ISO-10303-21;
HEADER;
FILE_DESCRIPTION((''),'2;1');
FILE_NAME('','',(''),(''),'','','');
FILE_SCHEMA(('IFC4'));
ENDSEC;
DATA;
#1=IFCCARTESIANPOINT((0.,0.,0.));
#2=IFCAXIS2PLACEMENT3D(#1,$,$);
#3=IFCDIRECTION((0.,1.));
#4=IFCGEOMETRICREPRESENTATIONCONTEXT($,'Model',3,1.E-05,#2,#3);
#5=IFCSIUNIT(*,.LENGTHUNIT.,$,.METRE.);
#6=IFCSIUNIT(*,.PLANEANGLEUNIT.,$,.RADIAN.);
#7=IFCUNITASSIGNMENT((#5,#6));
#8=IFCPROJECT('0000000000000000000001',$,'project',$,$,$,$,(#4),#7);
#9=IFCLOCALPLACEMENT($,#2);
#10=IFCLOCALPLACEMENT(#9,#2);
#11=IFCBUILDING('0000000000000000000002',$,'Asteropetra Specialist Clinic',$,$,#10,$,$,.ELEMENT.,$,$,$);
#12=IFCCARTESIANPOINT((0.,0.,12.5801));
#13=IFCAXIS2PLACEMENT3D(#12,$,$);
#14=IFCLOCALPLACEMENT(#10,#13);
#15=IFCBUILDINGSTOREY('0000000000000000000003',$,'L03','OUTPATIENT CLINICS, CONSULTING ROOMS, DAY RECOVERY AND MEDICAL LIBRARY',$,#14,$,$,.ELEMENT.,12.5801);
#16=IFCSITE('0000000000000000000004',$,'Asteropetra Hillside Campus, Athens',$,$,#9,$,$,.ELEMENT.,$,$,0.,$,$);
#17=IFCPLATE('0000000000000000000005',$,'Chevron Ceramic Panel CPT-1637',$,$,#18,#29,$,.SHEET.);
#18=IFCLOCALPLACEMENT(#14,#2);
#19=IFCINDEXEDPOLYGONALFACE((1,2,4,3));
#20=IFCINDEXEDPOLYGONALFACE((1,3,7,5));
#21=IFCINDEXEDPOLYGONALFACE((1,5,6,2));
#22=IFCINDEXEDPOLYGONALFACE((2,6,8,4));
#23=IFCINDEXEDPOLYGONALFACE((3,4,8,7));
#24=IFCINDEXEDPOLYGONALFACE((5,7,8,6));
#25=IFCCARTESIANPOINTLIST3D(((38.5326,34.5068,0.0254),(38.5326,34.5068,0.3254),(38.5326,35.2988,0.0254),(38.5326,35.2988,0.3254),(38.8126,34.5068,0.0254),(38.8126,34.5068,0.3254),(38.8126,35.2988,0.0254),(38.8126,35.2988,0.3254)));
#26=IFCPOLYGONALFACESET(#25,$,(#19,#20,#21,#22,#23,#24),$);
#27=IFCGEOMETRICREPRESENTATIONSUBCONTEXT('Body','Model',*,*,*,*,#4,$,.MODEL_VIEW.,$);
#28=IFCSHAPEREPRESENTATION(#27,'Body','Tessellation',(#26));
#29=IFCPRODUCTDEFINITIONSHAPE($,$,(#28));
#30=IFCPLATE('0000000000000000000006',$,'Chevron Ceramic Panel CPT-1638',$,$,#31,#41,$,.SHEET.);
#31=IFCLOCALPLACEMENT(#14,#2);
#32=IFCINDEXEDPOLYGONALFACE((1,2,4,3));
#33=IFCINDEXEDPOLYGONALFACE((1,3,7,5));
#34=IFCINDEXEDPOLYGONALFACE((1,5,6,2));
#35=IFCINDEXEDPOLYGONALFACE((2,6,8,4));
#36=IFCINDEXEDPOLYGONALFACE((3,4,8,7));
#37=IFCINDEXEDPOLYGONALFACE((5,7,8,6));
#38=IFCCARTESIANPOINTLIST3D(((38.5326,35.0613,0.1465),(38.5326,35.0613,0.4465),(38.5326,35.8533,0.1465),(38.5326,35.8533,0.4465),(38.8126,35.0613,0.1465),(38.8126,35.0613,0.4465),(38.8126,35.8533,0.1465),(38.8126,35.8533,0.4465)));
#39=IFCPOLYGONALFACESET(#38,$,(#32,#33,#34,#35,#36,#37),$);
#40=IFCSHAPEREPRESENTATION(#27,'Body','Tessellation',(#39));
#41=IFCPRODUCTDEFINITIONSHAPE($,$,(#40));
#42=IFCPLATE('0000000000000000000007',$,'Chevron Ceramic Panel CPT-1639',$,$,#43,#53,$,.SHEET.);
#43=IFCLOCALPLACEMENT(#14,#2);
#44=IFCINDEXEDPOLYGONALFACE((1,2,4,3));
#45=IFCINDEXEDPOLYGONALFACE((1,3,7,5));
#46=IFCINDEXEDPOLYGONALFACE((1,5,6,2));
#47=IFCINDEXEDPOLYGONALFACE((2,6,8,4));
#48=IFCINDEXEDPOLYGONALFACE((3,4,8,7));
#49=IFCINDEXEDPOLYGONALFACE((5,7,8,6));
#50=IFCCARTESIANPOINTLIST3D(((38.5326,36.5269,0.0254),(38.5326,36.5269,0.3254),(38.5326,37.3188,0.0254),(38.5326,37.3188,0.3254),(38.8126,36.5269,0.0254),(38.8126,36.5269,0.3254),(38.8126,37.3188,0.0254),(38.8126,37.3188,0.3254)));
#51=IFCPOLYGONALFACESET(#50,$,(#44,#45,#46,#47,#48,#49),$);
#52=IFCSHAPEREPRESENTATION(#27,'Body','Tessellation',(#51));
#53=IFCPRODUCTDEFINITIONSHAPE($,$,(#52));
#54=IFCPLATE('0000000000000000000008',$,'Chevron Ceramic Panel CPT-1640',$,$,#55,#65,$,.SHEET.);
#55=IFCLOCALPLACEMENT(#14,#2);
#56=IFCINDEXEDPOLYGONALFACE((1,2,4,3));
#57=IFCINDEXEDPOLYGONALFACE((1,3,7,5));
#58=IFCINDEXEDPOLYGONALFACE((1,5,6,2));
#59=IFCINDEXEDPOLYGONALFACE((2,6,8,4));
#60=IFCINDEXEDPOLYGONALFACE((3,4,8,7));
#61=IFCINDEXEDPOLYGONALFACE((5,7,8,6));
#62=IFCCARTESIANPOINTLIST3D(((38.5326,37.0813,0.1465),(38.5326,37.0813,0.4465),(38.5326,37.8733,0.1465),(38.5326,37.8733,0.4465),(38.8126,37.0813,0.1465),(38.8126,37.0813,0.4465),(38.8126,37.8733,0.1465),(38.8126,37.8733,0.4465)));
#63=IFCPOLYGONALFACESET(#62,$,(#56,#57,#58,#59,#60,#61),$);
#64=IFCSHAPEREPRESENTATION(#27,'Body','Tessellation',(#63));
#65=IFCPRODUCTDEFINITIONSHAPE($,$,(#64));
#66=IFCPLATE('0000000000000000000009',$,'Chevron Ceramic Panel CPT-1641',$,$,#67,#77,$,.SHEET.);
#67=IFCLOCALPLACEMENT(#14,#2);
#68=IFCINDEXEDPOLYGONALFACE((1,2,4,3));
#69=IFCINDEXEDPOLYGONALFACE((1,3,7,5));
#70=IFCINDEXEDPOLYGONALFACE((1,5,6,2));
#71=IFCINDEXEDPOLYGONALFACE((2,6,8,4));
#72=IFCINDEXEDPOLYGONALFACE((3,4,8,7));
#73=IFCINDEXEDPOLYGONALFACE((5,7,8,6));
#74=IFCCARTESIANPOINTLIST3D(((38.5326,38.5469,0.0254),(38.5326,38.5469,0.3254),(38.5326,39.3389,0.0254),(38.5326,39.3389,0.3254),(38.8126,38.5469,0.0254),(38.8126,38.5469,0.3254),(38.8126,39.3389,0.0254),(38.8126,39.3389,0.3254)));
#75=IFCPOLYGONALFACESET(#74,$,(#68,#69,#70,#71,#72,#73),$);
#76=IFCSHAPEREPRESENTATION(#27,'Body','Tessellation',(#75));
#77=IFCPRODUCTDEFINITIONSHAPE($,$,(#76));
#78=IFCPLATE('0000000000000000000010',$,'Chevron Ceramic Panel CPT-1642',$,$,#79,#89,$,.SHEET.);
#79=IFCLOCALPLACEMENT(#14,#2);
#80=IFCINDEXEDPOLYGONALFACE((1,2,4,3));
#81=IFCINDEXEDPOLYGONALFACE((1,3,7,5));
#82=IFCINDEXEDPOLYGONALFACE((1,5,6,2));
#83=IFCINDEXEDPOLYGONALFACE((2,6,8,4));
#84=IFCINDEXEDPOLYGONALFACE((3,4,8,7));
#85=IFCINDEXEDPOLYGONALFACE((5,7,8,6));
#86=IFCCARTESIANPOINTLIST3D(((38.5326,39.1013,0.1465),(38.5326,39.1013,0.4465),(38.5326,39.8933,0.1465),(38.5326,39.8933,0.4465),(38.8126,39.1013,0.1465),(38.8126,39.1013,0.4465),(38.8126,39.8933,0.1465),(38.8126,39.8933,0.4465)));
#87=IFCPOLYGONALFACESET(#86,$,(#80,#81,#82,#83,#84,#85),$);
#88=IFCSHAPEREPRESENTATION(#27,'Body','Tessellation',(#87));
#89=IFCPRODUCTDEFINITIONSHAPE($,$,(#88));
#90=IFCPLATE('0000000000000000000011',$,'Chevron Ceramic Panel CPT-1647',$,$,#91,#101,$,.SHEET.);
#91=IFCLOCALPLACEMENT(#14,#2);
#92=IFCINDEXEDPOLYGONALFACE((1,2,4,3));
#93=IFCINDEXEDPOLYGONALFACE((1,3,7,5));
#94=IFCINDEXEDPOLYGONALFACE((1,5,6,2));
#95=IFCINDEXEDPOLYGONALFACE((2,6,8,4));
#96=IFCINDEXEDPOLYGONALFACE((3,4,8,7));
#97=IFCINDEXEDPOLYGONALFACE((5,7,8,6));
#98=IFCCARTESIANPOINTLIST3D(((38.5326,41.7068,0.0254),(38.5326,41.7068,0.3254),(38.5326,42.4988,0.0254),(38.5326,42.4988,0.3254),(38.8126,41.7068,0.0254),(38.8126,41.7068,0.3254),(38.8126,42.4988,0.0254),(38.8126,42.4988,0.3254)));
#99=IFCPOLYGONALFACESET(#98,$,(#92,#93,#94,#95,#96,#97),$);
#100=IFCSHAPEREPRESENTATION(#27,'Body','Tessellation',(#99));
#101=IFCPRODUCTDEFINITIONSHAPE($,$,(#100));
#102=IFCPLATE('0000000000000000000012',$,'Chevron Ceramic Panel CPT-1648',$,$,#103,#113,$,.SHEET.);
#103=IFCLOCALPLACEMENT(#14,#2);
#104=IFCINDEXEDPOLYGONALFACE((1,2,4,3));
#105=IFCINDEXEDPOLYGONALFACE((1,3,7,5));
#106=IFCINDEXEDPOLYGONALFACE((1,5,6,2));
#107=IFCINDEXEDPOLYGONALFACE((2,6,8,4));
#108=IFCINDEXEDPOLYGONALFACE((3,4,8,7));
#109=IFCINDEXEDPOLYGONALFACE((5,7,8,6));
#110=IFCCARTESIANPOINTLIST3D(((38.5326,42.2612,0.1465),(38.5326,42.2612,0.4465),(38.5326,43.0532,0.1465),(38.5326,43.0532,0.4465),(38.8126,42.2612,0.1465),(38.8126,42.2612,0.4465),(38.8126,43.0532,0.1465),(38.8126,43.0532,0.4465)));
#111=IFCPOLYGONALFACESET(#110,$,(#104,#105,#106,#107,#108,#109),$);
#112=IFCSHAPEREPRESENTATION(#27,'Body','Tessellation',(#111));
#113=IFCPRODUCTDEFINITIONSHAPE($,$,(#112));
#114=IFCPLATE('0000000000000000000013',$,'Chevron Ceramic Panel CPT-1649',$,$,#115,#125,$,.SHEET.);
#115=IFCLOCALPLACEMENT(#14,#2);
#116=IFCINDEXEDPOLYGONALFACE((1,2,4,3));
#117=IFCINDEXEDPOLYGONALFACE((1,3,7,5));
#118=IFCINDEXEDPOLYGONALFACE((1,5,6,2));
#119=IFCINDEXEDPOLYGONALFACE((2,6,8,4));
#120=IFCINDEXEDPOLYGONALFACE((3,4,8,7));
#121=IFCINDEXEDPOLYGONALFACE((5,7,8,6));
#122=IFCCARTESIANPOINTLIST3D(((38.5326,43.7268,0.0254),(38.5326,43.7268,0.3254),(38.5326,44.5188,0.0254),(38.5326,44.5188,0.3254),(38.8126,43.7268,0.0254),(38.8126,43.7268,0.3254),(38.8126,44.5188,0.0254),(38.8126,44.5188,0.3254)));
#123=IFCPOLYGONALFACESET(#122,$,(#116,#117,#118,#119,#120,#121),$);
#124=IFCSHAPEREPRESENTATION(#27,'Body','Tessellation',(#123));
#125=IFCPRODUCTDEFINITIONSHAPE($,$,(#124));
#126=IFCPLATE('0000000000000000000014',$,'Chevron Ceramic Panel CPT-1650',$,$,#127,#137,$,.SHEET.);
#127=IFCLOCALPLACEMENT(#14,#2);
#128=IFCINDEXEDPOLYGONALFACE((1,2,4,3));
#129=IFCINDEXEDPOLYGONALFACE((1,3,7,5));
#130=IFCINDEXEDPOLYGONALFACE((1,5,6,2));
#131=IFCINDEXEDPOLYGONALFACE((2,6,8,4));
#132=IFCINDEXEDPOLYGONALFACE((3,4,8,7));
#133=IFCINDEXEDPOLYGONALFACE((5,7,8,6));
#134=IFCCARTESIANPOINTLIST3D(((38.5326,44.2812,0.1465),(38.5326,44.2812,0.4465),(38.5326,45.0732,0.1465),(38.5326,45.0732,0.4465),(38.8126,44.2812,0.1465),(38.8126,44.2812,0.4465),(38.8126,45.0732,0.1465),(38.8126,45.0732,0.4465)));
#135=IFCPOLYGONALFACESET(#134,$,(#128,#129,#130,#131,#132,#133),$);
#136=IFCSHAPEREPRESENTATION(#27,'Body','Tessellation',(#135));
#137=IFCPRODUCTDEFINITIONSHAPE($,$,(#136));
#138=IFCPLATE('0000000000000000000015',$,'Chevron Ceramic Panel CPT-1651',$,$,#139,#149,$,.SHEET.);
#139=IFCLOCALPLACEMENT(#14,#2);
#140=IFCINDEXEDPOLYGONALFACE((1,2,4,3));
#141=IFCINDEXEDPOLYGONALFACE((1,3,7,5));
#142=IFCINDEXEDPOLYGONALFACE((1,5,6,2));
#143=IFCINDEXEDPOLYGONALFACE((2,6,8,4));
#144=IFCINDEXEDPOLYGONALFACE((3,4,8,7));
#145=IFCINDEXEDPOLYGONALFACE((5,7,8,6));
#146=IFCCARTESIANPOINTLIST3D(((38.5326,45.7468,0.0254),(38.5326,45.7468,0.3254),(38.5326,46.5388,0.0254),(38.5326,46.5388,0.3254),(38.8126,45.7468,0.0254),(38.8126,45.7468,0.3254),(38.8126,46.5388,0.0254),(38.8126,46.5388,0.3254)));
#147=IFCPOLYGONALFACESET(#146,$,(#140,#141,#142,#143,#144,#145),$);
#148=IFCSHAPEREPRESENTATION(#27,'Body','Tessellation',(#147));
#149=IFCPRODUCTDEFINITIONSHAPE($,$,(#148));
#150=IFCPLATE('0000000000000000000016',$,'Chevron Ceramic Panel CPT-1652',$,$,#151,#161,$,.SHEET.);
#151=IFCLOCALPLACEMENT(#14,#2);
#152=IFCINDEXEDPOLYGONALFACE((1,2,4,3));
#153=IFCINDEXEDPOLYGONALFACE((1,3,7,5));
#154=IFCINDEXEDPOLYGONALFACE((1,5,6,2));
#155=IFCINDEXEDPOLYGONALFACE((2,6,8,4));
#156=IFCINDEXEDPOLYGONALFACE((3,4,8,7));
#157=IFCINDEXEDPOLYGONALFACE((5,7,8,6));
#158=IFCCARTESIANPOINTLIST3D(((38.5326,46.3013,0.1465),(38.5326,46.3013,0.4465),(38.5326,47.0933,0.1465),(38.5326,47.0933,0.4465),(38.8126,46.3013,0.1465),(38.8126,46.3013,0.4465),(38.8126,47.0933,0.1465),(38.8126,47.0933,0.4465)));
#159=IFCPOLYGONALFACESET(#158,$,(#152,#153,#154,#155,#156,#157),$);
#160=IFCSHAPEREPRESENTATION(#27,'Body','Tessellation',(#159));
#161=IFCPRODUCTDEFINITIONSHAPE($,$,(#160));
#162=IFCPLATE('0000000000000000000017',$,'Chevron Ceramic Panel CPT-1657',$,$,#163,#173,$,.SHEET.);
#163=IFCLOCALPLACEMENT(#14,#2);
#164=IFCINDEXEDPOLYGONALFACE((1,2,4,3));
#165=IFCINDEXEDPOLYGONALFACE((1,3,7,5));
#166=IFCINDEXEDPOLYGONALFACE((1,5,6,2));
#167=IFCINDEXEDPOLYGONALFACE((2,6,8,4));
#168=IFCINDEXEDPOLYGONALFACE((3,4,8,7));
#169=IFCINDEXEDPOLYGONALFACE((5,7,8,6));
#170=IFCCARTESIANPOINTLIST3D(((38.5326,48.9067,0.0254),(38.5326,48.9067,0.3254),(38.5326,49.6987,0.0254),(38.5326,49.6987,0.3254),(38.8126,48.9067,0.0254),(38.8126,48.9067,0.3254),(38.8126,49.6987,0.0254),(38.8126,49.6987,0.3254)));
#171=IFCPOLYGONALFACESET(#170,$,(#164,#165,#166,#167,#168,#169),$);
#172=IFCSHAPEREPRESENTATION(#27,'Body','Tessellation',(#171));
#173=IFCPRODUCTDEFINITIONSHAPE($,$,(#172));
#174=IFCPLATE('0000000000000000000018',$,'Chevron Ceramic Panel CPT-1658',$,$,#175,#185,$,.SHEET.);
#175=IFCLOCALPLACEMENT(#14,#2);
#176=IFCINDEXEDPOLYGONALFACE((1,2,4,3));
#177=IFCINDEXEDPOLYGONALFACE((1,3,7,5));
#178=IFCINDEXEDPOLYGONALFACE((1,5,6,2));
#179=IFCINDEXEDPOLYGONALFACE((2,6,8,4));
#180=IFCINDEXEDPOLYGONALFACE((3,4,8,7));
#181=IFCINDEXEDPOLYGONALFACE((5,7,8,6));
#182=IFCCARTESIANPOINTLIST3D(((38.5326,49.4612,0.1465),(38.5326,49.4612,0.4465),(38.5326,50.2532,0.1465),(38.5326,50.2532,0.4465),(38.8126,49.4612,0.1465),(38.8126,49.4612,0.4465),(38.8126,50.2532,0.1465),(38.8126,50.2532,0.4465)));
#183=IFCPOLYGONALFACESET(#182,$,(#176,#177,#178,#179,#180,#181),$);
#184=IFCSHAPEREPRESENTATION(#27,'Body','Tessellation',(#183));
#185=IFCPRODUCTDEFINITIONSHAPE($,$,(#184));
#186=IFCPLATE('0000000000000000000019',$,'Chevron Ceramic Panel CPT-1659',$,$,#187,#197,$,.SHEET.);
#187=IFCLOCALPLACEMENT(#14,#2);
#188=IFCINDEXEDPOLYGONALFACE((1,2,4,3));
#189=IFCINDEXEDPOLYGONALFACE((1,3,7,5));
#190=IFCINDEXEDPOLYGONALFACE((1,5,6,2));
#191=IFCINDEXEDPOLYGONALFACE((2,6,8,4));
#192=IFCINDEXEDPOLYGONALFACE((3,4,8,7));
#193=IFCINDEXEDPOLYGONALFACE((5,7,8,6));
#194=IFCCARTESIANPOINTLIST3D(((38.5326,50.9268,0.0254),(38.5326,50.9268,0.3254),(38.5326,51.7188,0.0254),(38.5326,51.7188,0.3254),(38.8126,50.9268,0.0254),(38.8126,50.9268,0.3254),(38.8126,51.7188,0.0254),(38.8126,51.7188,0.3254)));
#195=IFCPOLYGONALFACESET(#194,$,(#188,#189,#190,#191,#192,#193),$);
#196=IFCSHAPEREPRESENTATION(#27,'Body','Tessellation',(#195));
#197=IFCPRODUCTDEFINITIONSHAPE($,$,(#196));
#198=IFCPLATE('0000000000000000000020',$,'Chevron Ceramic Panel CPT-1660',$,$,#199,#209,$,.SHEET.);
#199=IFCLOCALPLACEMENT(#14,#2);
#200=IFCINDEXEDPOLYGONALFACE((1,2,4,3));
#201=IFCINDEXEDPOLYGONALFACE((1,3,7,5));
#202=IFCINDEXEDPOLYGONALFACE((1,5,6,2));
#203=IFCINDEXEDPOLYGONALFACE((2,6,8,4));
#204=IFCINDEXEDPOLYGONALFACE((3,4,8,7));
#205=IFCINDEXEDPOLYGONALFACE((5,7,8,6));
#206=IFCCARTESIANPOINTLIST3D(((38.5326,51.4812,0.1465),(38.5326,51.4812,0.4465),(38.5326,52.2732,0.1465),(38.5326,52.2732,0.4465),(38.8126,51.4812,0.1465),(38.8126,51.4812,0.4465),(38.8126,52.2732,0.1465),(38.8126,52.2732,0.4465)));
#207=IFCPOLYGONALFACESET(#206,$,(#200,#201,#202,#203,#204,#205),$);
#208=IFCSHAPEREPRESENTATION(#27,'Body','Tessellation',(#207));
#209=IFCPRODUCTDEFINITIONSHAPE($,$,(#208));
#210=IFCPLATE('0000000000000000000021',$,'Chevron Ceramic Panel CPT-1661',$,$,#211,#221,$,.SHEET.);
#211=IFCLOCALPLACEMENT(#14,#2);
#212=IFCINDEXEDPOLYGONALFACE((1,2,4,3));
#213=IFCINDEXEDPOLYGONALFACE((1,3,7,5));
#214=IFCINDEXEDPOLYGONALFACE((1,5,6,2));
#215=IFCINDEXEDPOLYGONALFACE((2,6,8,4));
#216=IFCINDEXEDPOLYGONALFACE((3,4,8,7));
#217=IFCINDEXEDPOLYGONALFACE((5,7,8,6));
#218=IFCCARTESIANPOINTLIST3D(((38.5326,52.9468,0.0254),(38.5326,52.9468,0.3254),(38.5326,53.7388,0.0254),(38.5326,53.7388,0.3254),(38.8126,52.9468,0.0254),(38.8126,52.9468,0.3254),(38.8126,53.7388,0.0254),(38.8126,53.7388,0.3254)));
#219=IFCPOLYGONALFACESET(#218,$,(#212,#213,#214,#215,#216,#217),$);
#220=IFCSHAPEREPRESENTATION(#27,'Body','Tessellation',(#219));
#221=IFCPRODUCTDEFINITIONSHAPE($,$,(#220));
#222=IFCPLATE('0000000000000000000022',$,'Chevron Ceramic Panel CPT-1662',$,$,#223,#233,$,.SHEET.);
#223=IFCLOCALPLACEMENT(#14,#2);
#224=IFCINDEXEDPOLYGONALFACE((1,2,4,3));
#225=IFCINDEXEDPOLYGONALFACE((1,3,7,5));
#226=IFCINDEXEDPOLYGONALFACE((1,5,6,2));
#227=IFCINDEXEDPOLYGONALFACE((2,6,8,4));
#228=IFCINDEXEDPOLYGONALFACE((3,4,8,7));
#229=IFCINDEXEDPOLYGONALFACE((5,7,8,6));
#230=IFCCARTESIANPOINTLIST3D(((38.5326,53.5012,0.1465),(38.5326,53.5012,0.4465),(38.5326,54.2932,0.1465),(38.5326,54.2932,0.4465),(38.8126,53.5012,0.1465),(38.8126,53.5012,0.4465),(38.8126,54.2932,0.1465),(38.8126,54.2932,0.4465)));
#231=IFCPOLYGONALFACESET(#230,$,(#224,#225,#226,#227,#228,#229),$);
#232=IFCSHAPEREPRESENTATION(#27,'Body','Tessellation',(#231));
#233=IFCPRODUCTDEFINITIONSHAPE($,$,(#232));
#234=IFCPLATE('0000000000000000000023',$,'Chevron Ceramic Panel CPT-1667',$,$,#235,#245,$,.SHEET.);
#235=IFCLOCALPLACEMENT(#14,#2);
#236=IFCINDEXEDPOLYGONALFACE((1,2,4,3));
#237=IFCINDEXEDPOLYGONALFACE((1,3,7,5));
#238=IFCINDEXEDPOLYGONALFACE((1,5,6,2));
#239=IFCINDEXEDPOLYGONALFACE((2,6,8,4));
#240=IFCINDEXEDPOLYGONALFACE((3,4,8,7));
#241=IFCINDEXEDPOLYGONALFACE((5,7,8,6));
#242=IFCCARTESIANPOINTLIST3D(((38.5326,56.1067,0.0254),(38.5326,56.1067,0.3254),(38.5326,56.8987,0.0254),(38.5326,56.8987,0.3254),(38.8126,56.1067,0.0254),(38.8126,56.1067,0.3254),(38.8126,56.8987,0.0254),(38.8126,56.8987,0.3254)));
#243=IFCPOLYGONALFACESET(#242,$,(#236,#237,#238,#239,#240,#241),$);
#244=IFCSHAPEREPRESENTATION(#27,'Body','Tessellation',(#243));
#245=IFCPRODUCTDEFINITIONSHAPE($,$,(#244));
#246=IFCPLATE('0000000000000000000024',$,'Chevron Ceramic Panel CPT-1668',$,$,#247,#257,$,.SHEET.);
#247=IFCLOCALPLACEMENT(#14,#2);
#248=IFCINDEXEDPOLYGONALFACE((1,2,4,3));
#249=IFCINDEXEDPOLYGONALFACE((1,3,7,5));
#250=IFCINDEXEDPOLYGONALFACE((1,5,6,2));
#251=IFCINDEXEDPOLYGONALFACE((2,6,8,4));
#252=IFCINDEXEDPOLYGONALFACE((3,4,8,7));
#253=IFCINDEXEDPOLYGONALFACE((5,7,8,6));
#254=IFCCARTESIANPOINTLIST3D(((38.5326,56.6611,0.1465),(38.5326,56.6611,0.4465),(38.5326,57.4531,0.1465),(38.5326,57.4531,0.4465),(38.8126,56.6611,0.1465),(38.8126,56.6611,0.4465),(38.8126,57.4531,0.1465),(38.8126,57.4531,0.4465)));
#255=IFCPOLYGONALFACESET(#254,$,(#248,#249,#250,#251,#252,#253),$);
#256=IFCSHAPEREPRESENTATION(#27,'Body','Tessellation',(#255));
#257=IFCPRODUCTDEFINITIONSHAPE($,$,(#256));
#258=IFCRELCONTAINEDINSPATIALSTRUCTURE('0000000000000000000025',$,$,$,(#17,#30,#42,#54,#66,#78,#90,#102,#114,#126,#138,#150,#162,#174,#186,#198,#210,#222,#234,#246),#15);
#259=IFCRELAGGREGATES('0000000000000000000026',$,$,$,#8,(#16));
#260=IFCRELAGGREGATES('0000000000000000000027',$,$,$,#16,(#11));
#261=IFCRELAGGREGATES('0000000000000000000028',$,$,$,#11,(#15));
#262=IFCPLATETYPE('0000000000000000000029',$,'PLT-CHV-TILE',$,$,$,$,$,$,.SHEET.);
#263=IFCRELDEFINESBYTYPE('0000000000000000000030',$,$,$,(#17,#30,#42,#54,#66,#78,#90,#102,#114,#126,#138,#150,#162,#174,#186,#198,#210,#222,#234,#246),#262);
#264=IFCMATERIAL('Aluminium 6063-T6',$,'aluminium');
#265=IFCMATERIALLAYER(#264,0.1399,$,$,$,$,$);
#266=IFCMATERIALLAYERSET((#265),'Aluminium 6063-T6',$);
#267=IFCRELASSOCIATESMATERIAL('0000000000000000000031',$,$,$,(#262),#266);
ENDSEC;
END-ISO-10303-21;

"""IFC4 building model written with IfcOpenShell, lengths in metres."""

from ifc_helpers import new_model, si_unit, direction, frame, origin, origin_2d, place, context, subcontext, project, spatial, rectangle, extrude, material, layer, layer_set, type_object, element, save


model = new_model("IFC4")

# Units and contexts
model_context = context("Model", 3, precision=1e-05, world=origin(), true_north=direction((0.0, 1.0)))
body_context = subcontext(model_context, "Body", "Model", "MODEL_VIEW")
ifc_project = project(units=[si_unit("LENGTHUNIT", "METRE"), si_unit("PLANEANGLEUNIT", "RADIAN")], contexts=[model_context])

# Site, building, storey
site_placement = place(None, origin())
site = spatial("IfcSite", under=ifc_project, at=site_placement, Name="Asteropetra Hillside Campus, Athens", CompositionType="ELEMENT", RefElevation=0.0)
building_placement = place(site_placement, origin())
building = spatial("IfcBuilding", under=site, at=building_placement, Name="Asteropetra Specialist Clinic", CompositionType="ELEMENT")
storey_placement = place(building_placement, frame((0.0, 0.0, 12.5801)))
storey = spatial("IfcBuildingStorey", under=building, at=storey_placement, Name="L03", Description="OUTPATIENT CLINICS, CONSULTING ROOMS, DAY RECOVERY AND MEDICAL LIBRARY", CompositionType="ELEMENT", Elevation=12.5801)

# Plates
ifc_material_1 = material(Name="Aluminium 6063-T6", Category="aluminium")
ifc_layer_1 = layer(ifc_material_1, 0.1399)
ifc_layer_set_1 = layer_set([ifc_layer_1], Name="Aluminium 6063-T6")
plate_type = type_object("IfcPlateType", Name="PLT-CHV-TILE", PredefinedType="SHEET", material=ifc_layer_set_1)
for number, where, z_axis, x_axis, name in (
    (1, (38.6726, 34.9028, 0.0254), (0.0, 0.0, 1.0), (1.0, 0.0, 0.0), "Chevron Ceramic Panel CPT-1637"),
    (2, (38.6726, 35.4573, 0.1465), (0.0, 0.0, 1.0), (1.0, 0.0, 0.0), "Chevron Ceramic Panel CPT-1638"),
    (3, (38.6726, 36.9229, 0.0254), (0.0, 0.0, 1.0), (1.0, 0.0, 0.0), "Chevron Ceramic Panel CPT-1639"),
    (4, (38.6726, 37.4773, 0.1465), (0.0, 0.0, 1.0), (1.0, 0.0, 0.0), "Chevron Ceramic Panel CPT-1640"),
    (5, (38.6726, 38.9429, 0.0254), (0.0, 0.0, 1.0), (1.0, 0.0, 0.0), "Chevron Ceramic Panel CPT-1641"),
    (6, (38.6726, 39.4973, 0.1465), (0.0, 0.0, 1.0), (1.0, 0.0, 0.0), "Chevron Ceramic Panel CPT-1642"),
    (7, (38.6726, 42.1028, 0.0254), (0.0, 0.0, 1.0), (1.0, 0.0, 0.0), "Chevron Ceramic Panel CPT-1647"),
    (8, (38.6726, 42.6572, 0.1465), (0.0, 0.0, 1.0), (1.0, 0.0, 0.0), "Chevron Ceramic Panel CPT-1648"),
    (9, (38.6726, 44.1228, 0.0254), (0.0, 0.0, 1.0), (1.0, 0.0, 0.0), "Chevron Ceramic Panel CPT-1649"),
    (10, (38.6726, 44.6772, 0.1465), (0.0, 0.0, 1.0), (1.0, 0.0, 0.0), "Chevron Ceramic Panel CPT-1650"),
    (11, (38.6726, 46.1428, 0.0254), (0.0, 0.0, 1.0), (1.0, 0.0, 0.0), "Chevron Ceramic Panel CPT-1651"),
    (12, (38.6726, 46.6973, 0.1465), (0.0, 0.0, 1.0), (1.0, 0.0, 0.0), "Chevron Ceramic Panel CPT-1652"),
    (13, (38.6726, 49.3027, 0.0254), (0.0, 0.0, 1.0), (1.0, 0.0, 0.0), "Chevron Ceramic Panel CPT-1657"),
    (14, (38.6726, 49.8572, 0.1465), (0.0, 0.0, 1.0), (1.0, 0.0, 0.0), "Chevron Ceramic Panel CPT-1658"),
    (15, (38.6726, 51.3228, 0.0254), (0.0, 0.0, 1.0), (1.0, 0.0, 0.0), "Chevron Ceramic Panel CPT-1659"),
    (16, (38.6726, 51.8772, 0.1465), (0.0, 0.0, 1.0), (1.0, 0.0, 0.0), "Chevron Ceramic Panel CPT-1660"),
    (17, (38.6726, 53.3428, 0.0254), (0.0, 0.0, 1.0), (1.0, 0.0, 0.0), "Chevron Ceramic Panel CPT-1661"),
    (18, (38.6726, 53.8972, 0.1465), (0.0, 0.0, 1.0), (1.0, 0.0, 0.0), "Chevron Ceramic Panel CPT-1662"),
    (19, (38.6726, 56.5027, 0.0254), (0.0, 0.0, 1.0), (1.0, 0.0, 0.0), "Chevron Ceramic Panel CPT-1667"),
    (20, (38.6726, 57.0571, 0.1465), (0.0, 0.0, 1.0), (1.0, 0.0, 0.0), "Chevron Ceramic Panel CPT-1668"),
):
    element("IfcPlate", number, at=place(storey_placement, frame(where, z_axis=z_axis, x_axis=x_axis)), inside=storey, type_object=plate_type, Name=name, PredefinedType="SHEET", context=body_context, shape_type="SweptSolid", body=[
        extrude(rectangle(XDim=0.28, YDim=0.792, at=origin_2d()), origin(), (0.0, 0.0, 1.0), 0.3),
    ])

save(model, "model.ifc")
